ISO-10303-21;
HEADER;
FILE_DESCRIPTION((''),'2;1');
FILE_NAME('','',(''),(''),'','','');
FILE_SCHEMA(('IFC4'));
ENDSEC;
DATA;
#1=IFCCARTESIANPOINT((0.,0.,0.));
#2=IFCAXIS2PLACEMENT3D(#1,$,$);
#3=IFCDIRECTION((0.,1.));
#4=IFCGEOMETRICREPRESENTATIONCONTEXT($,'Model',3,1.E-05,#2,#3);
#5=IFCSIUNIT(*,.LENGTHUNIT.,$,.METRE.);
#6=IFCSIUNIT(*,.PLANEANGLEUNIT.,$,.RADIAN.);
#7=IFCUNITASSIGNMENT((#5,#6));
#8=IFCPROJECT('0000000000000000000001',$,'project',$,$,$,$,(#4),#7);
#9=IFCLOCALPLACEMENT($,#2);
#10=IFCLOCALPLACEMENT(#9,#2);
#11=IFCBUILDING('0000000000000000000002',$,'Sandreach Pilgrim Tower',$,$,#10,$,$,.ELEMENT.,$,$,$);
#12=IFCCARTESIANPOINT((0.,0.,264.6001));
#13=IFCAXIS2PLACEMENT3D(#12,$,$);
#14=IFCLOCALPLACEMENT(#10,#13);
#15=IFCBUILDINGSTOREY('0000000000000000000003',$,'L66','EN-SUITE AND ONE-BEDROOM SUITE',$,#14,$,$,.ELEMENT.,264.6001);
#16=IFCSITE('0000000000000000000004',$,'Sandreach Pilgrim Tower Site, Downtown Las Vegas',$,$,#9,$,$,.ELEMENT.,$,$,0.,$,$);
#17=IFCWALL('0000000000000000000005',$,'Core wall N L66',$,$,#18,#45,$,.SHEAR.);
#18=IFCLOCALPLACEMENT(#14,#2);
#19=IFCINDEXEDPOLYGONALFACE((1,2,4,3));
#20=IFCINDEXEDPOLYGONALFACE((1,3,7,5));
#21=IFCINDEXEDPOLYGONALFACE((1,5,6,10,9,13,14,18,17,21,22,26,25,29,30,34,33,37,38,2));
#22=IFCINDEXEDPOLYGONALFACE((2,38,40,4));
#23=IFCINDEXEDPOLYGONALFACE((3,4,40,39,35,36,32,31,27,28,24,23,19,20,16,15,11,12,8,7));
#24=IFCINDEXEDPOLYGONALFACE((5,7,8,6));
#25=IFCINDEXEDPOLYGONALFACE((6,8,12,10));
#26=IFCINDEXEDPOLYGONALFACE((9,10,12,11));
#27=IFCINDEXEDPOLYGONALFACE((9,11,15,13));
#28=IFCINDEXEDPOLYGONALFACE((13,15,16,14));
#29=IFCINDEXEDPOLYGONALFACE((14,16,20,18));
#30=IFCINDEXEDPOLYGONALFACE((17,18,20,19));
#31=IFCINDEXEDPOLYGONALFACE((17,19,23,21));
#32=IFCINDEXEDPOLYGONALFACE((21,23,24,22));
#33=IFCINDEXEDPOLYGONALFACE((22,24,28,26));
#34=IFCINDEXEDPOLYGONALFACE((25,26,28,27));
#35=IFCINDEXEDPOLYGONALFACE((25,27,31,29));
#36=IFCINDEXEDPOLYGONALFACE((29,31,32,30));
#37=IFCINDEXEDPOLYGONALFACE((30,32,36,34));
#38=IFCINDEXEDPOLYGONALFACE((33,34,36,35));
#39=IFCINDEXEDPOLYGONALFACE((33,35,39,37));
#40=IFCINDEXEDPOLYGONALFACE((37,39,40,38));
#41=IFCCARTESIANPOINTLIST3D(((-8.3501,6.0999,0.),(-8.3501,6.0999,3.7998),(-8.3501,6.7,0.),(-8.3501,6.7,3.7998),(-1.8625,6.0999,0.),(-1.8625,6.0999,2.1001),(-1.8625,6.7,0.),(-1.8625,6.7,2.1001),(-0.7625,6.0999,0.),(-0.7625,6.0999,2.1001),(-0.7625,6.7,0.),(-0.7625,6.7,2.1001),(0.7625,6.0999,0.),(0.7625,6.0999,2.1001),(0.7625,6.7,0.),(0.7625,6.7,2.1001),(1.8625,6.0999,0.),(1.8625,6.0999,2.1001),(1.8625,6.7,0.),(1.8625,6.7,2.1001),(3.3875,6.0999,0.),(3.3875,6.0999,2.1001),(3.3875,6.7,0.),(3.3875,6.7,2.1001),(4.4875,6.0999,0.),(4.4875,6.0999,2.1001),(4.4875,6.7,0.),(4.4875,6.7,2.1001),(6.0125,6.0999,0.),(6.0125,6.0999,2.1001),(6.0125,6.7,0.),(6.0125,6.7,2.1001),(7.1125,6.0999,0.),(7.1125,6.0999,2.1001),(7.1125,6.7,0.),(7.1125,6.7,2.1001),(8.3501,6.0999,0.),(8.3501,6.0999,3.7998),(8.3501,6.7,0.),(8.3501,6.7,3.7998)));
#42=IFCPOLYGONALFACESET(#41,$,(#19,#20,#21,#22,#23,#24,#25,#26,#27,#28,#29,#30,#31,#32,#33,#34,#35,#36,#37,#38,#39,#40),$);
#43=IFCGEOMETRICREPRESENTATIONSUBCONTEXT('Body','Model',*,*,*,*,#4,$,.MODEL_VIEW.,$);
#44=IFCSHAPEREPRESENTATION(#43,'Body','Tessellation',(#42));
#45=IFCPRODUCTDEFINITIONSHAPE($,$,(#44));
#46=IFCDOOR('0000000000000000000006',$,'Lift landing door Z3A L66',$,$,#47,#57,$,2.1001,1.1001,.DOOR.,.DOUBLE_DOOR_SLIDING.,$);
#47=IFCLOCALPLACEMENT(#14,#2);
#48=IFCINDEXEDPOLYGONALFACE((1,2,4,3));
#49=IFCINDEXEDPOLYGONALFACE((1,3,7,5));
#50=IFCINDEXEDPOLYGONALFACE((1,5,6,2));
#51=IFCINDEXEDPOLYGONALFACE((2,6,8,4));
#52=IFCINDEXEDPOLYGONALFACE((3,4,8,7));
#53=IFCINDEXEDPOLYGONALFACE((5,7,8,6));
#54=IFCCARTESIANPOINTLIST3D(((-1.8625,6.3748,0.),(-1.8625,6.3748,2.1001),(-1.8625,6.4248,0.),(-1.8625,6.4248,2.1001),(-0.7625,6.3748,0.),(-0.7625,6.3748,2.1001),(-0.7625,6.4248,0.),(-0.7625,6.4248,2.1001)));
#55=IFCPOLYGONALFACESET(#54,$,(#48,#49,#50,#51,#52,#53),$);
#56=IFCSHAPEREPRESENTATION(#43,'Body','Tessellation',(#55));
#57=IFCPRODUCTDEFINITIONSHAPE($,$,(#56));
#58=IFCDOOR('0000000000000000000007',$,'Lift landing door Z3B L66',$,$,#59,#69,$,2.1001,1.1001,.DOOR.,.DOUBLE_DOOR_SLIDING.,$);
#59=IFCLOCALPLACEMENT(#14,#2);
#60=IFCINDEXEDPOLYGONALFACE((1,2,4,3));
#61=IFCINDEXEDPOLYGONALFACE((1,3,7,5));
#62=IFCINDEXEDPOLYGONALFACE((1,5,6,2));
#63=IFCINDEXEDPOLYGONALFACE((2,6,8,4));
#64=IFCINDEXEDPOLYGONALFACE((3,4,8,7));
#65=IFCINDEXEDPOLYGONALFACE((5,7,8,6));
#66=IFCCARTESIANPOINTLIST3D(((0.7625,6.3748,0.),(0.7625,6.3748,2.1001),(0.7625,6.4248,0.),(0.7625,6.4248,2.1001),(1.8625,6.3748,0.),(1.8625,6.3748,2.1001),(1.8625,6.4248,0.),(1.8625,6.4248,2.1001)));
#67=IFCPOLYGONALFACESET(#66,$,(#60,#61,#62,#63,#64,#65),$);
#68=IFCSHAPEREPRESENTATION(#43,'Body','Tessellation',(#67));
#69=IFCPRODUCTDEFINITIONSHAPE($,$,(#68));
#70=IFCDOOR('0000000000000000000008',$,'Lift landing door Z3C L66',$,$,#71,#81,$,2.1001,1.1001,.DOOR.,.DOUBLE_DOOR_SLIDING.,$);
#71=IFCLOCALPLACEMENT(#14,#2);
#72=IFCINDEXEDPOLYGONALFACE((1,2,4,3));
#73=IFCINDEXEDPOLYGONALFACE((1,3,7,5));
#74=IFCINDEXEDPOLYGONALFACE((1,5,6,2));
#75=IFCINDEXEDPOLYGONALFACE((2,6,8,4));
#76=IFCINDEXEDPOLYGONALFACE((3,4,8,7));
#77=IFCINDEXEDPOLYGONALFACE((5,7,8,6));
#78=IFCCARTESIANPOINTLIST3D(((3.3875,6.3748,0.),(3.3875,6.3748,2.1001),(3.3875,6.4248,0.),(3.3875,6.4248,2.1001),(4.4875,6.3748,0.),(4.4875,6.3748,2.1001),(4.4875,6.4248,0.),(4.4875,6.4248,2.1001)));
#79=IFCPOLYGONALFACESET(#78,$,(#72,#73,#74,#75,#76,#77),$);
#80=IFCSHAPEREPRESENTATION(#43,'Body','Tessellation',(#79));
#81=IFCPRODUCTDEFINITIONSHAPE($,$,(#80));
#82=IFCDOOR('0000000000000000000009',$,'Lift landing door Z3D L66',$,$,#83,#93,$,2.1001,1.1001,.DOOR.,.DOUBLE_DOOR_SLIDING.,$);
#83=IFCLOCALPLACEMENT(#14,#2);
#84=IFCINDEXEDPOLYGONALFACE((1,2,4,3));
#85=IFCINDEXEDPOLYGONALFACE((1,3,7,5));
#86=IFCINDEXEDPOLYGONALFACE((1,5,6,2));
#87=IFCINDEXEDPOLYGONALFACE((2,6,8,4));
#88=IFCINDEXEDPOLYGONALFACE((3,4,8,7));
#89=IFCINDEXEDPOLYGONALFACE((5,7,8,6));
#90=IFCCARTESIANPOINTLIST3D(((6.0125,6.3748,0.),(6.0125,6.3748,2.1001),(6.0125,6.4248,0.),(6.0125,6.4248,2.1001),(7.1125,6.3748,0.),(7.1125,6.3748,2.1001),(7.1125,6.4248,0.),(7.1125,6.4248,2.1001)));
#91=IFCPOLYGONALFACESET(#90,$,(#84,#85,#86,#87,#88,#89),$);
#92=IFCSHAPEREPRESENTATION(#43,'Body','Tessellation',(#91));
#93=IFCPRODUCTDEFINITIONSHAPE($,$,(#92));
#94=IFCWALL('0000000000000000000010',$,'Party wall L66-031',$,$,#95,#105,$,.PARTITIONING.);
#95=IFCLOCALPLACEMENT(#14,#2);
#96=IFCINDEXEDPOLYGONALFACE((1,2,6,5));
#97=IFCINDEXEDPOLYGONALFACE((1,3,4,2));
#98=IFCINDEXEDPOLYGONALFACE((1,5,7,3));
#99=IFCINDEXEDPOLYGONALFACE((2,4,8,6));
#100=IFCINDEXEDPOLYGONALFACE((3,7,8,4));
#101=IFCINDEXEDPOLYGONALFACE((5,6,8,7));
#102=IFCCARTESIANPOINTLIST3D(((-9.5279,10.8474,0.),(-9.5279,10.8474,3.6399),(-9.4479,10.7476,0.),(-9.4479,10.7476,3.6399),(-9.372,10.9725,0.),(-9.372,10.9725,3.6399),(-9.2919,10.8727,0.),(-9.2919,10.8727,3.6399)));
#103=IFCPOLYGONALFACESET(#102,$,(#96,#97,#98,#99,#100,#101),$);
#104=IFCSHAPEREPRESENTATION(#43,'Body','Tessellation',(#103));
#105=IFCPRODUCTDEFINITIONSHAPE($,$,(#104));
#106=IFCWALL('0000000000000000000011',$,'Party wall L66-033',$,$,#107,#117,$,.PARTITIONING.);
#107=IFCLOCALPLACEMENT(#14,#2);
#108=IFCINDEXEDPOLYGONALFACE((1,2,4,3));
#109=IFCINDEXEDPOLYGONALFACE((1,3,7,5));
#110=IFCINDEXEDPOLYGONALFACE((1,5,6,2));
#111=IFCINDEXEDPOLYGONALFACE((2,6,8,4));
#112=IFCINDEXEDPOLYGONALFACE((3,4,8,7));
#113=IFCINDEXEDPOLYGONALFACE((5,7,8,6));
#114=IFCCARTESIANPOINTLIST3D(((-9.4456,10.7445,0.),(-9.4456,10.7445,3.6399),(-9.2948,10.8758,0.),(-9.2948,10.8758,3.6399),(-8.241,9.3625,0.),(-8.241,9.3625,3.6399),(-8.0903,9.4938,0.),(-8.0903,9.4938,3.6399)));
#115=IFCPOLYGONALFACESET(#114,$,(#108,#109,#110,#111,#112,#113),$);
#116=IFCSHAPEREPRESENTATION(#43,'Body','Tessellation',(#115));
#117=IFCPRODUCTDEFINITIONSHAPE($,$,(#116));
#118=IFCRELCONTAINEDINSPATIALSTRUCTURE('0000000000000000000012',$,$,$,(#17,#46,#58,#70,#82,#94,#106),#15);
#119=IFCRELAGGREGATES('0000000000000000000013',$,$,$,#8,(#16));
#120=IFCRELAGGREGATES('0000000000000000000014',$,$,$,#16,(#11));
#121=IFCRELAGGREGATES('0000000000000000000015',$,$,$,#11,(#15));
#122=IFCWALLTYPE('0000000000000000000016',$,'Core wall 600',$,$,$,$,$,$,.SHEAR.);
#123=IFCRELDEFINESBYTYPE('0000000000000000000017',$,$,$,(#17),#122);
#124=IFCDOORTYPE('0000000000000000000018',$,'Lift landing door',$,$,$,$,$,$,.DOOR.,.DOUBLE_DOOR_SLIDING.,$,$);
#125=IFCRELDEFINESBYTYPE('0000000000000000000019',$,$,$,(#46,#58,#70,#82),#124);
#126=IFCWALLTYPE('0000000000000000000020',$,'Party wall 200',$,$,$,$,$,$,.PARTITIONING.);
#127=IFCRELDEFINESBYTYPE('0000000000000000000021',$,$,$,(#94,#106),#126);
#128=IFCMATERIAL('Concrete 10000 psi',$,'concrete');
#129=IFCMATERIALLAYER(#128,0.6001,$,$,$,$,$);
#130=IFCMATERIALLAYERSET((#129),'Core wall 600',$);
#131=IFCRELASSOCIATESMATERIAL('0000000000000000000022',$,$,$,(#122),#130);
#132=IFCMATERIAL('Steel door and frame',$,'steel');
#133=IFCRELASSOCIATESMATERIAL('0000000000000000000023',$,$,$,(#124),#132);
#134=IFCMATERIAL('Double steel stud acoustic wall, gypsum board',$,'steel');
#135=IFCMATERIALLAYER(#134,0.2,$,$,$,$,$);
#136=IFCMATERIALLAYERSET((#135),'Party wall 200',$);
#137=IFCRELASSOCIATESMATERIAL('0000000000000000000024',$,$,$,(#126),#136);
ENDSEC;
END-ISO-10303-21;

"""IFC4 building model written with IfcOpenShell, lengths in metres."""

from ifc_helpers import new_model, si_unit, direction, frame, frame_2d, origin, place, context, subcontext, project, spatial, rectangle, extrude, material, layer, layer_set, type_object, element, fill, save


model = new_model("IFC4")

# Units and contexts
model_context = context("Model", 3, precision=1e-05, world=origin(), true_north=direction((0.0, 1.0)))
body_context = subcontext(model_context, "Body", "Model", "MODEL_VIEW")
ifc_project = project(units=[si_unit("LENGTHUNIT", "METRE"), si_unit("PLANEANGLEUNIT", "RADIAN")], contexts=[model_context])

# Site, building, storey
site_placement = place(None, origin())
site = spatial("IfcSite", under=ifc_project, at=site_placement, Name="Sandreach Pilgrim Tower Site, Downtown Las Vegas", CompositionType="ELEMENT", RefElevation=0.0)
building_placement = place(site_placement, origin())
building = spatial("IfcBuilding", under=site, at=building_placement, Name="Sandreach Pilgrim Tower", CompositionType="ELEMENT")
storey_placement = place(building_placement, frame((0.0, 0.0, 264.6001)))
storey = spatial("IfcBuildingStorey", under=building, at=storey_placement, Name="L66", Description="EN-SUITE AND ONE-BEDROOM SUITE", CompositionType="ELEMENT", Elevation=264.6001)

# Wall, openings, doors
ifc_material_1 = material(Name="Concrete 10000 psi", Category="concrete")
ifc_layer_1 = layer(ifc_material_1, 0.6001)
ifc_layer_set_1 = layer_set([ifc_layer_1], Name="Core wall 600")
wall_type_1 = type_object("IfcWallType", Name="Core wall 600", PredefinedType="SHEAR", material=ifc_layer_set_1)
wall_1_placement = place(storey_placement, frame((-8.3501, 6.3999, 0.0), z_axis=(0.0, 0.0, 1.0), x_axis=(1.0, 0.0, 0.0)))
wall_1 = element("IfcWall", 1, at=wall_1_placement, inside=storey, type_object=wall_type_1, Name="Core wall N L66", PredefinedType="SHEAR", context=body_context, shape_type="SweptSolid", body=[
    extrude(rectangle(XDim=16.7002, YDim=0.6001, at=frame_2d((8.3501, 0.0))), origin(), (0.0, 0.0, 1.0), 3.7998),
])
opening_1_placement = place(wall_1_placement, frame((6.4875, 0.0, 0.0)))
opening_1 = element("IfcOpeningElement", 2, at=opening_1_placement, cuts=wall_1, PredefinedType="OPENING", context=body_context, shape_type="SweptSolid", body=[
    extrude(rectangle(XDim=1.1001, YDim=2.1001, at=frame_2d((0.55, 1.05))), frame((0.0, 0.3, 0.0), z_axis=(0.0, -1.0, 0.0), x_axis=(1.0, 0.0, 0.0)), (0.0, 0.0, 1.0), 0.6001),
])
opening_2_placement = place(wall_1_placement, frame((9.1125, 0.0, 0.0)))
opening_2 = element("IfcOpeningElement", 3, at=opening_2_placement, cuts=wall_1, PredefinedType="OPENING", context=body_context, shape_type="SweptSolid", body=[
    extrude(rectangle(XDim=1.1001, YDim=2.1001, at=frame_2d((0.55, 1.05))), frame((0.0, 0.3, 0.0), z_axis=(0.0, -1.0, 0.0), x_axis=(1.0, 0.0, 0.0)), (0.0, 0.0, 1.0), 0.6001),
])
opening_3_placement = place(wall_1_placement, frame((11.7375, 0.0, 0.0)))
opening_3 = element("IfcOpeningElement", 4, at=opening_3_placement, cuts=wall_1, PredefinedType="OPENING", context=body_context, shape_type="SweptSolid", body=[
    extrude(rectangle(XDim=1.1001, YDim=2.1001, at=frame_2d((0.55, 1.05))), frame((0.0, 0.3, 0.0), z_axis=(0.0, -1.0, 0.0), x_axis=(1.0, 0.0, 0.0)), (0.0, 0.0, 1.0), 0.6001),
])
opening_4_placement = place(wall_1_placement, frame((14.3625, 0.0, 0.0)))
opening_4 = element("IfcOpeningElement", 5, at=opening_4_placement, cuts=wall_1, PredefinedType="OPENING", context=body_context, shape_type="SweptSolid", body=[
    extrude(rectangle(XDim=1.1001, YDim=2.1001, at=frame_2d((0.55, 1.05))), frame((0.0, 0.3, 0.0), z_axis=(0.0, -1.0, 0.0), x_axis=(1.0, 0.0, 0.0)), (0.0, 0.0, 1.0), 0.6001),
])
ifc_material_2 = material(Name="Steel door and frame", Category="steel")
door_type_1 = type_object("IfcDoorType", Name="Lift landing door", OperationType="DOUBLE_DOOR_SLIDING", PredefinedType="DOOR", material=ifc_material_2)
door_1_placement = place(opening_1_placement, origin())
door_1 = element("IfcDoor", 6, at=door_1_placement, inside=storey, type_object=door_type_1, Name="Lift landing door Z3A L66", OperationType="DOUBLE_DOOR_SLIDING", OverallHeight=2.1001, OverallWidth=1.1001, PredefinedType="DOOR", context=body_context, shape_type="SweptSolid", body=[
    extrude(rectangle(XDim=1.1001, YDim=2.1001, at=frame_2d((0.55, 1.05))), frame((0.0, 0.0249, 0.0), z_axis=(0.0, -1.0, 0.0), x_axis=(1.0, 0.0, 0.0)), (0.0, 0.0, 1.0), 0.05),
])
fill(opening_1, door_1)
door_2_placement = place(opening_2_placement, origin())
door_2 = element("IfcDoor", 7, at=door_2_placement, inside=storey, type_object=door_type_1, Name="Lift landing door Z3B L66", OperationType="DOUBLE_DOOR_SLIDING", OverallHeight=2.1001, OverallWidth=1.1001, PredefinedType="DOOR", context=body_context, shape_type="SweptSolid", body=[
    extrude(rectangle(XDim=1.1001, YDim=2.1001, at=frame_2d((0.55, 1.05))), frame((0.0, 0.0249, 0.0), z_axis=(0.0, -1.0, 0.0), x_axis=(1.0, 0.0, 0.0)), (0.0, 0.0, 1.0), 0.05),
])
fill(opening_2, door_2)
door_3_placement = place(opening_3_placement, origin())
door_3 = element("IfcDoor", 8, at=door_3_placement, inside=storey, type_object=door_type_1, Name="Lift landing door Z3C L66", OperationType="DOUBLE_DOOR_SLIDING", OverallHeight=2.1001, OverallWidth=1.1001, PredefinedType="DOOR", context=body_context, shape_type="SweptSolid", body=[
    extrude(rectangle(XDim=1.1001, YDim=2.1001, at=frame_2d((0.55, 1.05))), frame((0.0, 0.0249, 0.0), z_axis=(0.0, -1.0, 0.0), x_axis=(1.0, 0.0, 0.0)), (0.0, 0.0, 1.0), 0.05),
])
fill(opening_3, door_3)
door_4_placement = place(opening_4_placement, origin())
door_4 = element("IfcDoor", 9, at=door_4_placement, inside=storey, type_object=door_type_1, Name="Lift landing door Z3D L66", OperationType="DOUBLE_DOOR_SLIDING", OverallHeight=2.1001, OverallWidth=1.1001, PredefinedType="DOOR", context=body_context, shape_type="SweptSolid", body=[
    extrude(rectangle(XDim=1.1001, YDim=2.1001, at=frame_2d((0.55, 1.05))), frame((0.0, 0.0249, 0.0), z_axis=(0.0, -1.0, 0.0), x_axis=(1.0, 0.0, 0.0)), (0.0, 0.0, 1.0), 0.05),
])
fill(opening_4, door_4)

# Walls
ifc_material_3 = material(Name="Double steel stud acoustic wall, gypsum board", Category="steel")
ifc_layer_2 = layer(ifc_material_3, 0.2)
ifc_layer_set_2 = layer_set([ifc_layer_2], Name="Party wall 200")
wall_type_2 = type_object("IfcWallType", Name="Party wall 200", PredefinedType="PARTITIONING", material=ifc_layer_set_2)
wall_2_placement = place(storey_placement, frame((-9.45, 10.9099, 0.0), z_axis=(0.0, 0.0, 1.0), x_axis=(0.625625, -0.780124, 0.0)))
element("IfcWall", 10, at=wall_2_placement, inside=storey, type_object=wall_type_2, Name="Party wall L66-031", PredefinedType="PARTITIONING", context=body_context, shape_type="SweptSolid", body=[
    extrude(rectangle(XDim=0.1279, YDim=0.2, at=frame_2d((0.064, 0.0))), origin(), (0.0, 0.0, 1.0), 3.6399),
])
wall_3_placement = place(storey_placement, frame((-9.3701, 10.8101, 0.0), z_axis=(0.0, 0.0, 1.0), x_axis=(0.657042, -0.753854, 0.0)))
element("IfcWall", 11, at=wall_3_placement, inside=storey, type_object=wall_type_2, Name="Party wall L66-033", PredefinedType="PARTITIONING", context=body_context, shape_type="SweptSolid", body=[
    extrude(rectangle(XDim=1.8333, YDim=0.2, at=frame_2d((0.9165, 0.0))), origin(), (0.0, 0.0, 1.0), 3.6399),
])

save(model, "model.ifc")
